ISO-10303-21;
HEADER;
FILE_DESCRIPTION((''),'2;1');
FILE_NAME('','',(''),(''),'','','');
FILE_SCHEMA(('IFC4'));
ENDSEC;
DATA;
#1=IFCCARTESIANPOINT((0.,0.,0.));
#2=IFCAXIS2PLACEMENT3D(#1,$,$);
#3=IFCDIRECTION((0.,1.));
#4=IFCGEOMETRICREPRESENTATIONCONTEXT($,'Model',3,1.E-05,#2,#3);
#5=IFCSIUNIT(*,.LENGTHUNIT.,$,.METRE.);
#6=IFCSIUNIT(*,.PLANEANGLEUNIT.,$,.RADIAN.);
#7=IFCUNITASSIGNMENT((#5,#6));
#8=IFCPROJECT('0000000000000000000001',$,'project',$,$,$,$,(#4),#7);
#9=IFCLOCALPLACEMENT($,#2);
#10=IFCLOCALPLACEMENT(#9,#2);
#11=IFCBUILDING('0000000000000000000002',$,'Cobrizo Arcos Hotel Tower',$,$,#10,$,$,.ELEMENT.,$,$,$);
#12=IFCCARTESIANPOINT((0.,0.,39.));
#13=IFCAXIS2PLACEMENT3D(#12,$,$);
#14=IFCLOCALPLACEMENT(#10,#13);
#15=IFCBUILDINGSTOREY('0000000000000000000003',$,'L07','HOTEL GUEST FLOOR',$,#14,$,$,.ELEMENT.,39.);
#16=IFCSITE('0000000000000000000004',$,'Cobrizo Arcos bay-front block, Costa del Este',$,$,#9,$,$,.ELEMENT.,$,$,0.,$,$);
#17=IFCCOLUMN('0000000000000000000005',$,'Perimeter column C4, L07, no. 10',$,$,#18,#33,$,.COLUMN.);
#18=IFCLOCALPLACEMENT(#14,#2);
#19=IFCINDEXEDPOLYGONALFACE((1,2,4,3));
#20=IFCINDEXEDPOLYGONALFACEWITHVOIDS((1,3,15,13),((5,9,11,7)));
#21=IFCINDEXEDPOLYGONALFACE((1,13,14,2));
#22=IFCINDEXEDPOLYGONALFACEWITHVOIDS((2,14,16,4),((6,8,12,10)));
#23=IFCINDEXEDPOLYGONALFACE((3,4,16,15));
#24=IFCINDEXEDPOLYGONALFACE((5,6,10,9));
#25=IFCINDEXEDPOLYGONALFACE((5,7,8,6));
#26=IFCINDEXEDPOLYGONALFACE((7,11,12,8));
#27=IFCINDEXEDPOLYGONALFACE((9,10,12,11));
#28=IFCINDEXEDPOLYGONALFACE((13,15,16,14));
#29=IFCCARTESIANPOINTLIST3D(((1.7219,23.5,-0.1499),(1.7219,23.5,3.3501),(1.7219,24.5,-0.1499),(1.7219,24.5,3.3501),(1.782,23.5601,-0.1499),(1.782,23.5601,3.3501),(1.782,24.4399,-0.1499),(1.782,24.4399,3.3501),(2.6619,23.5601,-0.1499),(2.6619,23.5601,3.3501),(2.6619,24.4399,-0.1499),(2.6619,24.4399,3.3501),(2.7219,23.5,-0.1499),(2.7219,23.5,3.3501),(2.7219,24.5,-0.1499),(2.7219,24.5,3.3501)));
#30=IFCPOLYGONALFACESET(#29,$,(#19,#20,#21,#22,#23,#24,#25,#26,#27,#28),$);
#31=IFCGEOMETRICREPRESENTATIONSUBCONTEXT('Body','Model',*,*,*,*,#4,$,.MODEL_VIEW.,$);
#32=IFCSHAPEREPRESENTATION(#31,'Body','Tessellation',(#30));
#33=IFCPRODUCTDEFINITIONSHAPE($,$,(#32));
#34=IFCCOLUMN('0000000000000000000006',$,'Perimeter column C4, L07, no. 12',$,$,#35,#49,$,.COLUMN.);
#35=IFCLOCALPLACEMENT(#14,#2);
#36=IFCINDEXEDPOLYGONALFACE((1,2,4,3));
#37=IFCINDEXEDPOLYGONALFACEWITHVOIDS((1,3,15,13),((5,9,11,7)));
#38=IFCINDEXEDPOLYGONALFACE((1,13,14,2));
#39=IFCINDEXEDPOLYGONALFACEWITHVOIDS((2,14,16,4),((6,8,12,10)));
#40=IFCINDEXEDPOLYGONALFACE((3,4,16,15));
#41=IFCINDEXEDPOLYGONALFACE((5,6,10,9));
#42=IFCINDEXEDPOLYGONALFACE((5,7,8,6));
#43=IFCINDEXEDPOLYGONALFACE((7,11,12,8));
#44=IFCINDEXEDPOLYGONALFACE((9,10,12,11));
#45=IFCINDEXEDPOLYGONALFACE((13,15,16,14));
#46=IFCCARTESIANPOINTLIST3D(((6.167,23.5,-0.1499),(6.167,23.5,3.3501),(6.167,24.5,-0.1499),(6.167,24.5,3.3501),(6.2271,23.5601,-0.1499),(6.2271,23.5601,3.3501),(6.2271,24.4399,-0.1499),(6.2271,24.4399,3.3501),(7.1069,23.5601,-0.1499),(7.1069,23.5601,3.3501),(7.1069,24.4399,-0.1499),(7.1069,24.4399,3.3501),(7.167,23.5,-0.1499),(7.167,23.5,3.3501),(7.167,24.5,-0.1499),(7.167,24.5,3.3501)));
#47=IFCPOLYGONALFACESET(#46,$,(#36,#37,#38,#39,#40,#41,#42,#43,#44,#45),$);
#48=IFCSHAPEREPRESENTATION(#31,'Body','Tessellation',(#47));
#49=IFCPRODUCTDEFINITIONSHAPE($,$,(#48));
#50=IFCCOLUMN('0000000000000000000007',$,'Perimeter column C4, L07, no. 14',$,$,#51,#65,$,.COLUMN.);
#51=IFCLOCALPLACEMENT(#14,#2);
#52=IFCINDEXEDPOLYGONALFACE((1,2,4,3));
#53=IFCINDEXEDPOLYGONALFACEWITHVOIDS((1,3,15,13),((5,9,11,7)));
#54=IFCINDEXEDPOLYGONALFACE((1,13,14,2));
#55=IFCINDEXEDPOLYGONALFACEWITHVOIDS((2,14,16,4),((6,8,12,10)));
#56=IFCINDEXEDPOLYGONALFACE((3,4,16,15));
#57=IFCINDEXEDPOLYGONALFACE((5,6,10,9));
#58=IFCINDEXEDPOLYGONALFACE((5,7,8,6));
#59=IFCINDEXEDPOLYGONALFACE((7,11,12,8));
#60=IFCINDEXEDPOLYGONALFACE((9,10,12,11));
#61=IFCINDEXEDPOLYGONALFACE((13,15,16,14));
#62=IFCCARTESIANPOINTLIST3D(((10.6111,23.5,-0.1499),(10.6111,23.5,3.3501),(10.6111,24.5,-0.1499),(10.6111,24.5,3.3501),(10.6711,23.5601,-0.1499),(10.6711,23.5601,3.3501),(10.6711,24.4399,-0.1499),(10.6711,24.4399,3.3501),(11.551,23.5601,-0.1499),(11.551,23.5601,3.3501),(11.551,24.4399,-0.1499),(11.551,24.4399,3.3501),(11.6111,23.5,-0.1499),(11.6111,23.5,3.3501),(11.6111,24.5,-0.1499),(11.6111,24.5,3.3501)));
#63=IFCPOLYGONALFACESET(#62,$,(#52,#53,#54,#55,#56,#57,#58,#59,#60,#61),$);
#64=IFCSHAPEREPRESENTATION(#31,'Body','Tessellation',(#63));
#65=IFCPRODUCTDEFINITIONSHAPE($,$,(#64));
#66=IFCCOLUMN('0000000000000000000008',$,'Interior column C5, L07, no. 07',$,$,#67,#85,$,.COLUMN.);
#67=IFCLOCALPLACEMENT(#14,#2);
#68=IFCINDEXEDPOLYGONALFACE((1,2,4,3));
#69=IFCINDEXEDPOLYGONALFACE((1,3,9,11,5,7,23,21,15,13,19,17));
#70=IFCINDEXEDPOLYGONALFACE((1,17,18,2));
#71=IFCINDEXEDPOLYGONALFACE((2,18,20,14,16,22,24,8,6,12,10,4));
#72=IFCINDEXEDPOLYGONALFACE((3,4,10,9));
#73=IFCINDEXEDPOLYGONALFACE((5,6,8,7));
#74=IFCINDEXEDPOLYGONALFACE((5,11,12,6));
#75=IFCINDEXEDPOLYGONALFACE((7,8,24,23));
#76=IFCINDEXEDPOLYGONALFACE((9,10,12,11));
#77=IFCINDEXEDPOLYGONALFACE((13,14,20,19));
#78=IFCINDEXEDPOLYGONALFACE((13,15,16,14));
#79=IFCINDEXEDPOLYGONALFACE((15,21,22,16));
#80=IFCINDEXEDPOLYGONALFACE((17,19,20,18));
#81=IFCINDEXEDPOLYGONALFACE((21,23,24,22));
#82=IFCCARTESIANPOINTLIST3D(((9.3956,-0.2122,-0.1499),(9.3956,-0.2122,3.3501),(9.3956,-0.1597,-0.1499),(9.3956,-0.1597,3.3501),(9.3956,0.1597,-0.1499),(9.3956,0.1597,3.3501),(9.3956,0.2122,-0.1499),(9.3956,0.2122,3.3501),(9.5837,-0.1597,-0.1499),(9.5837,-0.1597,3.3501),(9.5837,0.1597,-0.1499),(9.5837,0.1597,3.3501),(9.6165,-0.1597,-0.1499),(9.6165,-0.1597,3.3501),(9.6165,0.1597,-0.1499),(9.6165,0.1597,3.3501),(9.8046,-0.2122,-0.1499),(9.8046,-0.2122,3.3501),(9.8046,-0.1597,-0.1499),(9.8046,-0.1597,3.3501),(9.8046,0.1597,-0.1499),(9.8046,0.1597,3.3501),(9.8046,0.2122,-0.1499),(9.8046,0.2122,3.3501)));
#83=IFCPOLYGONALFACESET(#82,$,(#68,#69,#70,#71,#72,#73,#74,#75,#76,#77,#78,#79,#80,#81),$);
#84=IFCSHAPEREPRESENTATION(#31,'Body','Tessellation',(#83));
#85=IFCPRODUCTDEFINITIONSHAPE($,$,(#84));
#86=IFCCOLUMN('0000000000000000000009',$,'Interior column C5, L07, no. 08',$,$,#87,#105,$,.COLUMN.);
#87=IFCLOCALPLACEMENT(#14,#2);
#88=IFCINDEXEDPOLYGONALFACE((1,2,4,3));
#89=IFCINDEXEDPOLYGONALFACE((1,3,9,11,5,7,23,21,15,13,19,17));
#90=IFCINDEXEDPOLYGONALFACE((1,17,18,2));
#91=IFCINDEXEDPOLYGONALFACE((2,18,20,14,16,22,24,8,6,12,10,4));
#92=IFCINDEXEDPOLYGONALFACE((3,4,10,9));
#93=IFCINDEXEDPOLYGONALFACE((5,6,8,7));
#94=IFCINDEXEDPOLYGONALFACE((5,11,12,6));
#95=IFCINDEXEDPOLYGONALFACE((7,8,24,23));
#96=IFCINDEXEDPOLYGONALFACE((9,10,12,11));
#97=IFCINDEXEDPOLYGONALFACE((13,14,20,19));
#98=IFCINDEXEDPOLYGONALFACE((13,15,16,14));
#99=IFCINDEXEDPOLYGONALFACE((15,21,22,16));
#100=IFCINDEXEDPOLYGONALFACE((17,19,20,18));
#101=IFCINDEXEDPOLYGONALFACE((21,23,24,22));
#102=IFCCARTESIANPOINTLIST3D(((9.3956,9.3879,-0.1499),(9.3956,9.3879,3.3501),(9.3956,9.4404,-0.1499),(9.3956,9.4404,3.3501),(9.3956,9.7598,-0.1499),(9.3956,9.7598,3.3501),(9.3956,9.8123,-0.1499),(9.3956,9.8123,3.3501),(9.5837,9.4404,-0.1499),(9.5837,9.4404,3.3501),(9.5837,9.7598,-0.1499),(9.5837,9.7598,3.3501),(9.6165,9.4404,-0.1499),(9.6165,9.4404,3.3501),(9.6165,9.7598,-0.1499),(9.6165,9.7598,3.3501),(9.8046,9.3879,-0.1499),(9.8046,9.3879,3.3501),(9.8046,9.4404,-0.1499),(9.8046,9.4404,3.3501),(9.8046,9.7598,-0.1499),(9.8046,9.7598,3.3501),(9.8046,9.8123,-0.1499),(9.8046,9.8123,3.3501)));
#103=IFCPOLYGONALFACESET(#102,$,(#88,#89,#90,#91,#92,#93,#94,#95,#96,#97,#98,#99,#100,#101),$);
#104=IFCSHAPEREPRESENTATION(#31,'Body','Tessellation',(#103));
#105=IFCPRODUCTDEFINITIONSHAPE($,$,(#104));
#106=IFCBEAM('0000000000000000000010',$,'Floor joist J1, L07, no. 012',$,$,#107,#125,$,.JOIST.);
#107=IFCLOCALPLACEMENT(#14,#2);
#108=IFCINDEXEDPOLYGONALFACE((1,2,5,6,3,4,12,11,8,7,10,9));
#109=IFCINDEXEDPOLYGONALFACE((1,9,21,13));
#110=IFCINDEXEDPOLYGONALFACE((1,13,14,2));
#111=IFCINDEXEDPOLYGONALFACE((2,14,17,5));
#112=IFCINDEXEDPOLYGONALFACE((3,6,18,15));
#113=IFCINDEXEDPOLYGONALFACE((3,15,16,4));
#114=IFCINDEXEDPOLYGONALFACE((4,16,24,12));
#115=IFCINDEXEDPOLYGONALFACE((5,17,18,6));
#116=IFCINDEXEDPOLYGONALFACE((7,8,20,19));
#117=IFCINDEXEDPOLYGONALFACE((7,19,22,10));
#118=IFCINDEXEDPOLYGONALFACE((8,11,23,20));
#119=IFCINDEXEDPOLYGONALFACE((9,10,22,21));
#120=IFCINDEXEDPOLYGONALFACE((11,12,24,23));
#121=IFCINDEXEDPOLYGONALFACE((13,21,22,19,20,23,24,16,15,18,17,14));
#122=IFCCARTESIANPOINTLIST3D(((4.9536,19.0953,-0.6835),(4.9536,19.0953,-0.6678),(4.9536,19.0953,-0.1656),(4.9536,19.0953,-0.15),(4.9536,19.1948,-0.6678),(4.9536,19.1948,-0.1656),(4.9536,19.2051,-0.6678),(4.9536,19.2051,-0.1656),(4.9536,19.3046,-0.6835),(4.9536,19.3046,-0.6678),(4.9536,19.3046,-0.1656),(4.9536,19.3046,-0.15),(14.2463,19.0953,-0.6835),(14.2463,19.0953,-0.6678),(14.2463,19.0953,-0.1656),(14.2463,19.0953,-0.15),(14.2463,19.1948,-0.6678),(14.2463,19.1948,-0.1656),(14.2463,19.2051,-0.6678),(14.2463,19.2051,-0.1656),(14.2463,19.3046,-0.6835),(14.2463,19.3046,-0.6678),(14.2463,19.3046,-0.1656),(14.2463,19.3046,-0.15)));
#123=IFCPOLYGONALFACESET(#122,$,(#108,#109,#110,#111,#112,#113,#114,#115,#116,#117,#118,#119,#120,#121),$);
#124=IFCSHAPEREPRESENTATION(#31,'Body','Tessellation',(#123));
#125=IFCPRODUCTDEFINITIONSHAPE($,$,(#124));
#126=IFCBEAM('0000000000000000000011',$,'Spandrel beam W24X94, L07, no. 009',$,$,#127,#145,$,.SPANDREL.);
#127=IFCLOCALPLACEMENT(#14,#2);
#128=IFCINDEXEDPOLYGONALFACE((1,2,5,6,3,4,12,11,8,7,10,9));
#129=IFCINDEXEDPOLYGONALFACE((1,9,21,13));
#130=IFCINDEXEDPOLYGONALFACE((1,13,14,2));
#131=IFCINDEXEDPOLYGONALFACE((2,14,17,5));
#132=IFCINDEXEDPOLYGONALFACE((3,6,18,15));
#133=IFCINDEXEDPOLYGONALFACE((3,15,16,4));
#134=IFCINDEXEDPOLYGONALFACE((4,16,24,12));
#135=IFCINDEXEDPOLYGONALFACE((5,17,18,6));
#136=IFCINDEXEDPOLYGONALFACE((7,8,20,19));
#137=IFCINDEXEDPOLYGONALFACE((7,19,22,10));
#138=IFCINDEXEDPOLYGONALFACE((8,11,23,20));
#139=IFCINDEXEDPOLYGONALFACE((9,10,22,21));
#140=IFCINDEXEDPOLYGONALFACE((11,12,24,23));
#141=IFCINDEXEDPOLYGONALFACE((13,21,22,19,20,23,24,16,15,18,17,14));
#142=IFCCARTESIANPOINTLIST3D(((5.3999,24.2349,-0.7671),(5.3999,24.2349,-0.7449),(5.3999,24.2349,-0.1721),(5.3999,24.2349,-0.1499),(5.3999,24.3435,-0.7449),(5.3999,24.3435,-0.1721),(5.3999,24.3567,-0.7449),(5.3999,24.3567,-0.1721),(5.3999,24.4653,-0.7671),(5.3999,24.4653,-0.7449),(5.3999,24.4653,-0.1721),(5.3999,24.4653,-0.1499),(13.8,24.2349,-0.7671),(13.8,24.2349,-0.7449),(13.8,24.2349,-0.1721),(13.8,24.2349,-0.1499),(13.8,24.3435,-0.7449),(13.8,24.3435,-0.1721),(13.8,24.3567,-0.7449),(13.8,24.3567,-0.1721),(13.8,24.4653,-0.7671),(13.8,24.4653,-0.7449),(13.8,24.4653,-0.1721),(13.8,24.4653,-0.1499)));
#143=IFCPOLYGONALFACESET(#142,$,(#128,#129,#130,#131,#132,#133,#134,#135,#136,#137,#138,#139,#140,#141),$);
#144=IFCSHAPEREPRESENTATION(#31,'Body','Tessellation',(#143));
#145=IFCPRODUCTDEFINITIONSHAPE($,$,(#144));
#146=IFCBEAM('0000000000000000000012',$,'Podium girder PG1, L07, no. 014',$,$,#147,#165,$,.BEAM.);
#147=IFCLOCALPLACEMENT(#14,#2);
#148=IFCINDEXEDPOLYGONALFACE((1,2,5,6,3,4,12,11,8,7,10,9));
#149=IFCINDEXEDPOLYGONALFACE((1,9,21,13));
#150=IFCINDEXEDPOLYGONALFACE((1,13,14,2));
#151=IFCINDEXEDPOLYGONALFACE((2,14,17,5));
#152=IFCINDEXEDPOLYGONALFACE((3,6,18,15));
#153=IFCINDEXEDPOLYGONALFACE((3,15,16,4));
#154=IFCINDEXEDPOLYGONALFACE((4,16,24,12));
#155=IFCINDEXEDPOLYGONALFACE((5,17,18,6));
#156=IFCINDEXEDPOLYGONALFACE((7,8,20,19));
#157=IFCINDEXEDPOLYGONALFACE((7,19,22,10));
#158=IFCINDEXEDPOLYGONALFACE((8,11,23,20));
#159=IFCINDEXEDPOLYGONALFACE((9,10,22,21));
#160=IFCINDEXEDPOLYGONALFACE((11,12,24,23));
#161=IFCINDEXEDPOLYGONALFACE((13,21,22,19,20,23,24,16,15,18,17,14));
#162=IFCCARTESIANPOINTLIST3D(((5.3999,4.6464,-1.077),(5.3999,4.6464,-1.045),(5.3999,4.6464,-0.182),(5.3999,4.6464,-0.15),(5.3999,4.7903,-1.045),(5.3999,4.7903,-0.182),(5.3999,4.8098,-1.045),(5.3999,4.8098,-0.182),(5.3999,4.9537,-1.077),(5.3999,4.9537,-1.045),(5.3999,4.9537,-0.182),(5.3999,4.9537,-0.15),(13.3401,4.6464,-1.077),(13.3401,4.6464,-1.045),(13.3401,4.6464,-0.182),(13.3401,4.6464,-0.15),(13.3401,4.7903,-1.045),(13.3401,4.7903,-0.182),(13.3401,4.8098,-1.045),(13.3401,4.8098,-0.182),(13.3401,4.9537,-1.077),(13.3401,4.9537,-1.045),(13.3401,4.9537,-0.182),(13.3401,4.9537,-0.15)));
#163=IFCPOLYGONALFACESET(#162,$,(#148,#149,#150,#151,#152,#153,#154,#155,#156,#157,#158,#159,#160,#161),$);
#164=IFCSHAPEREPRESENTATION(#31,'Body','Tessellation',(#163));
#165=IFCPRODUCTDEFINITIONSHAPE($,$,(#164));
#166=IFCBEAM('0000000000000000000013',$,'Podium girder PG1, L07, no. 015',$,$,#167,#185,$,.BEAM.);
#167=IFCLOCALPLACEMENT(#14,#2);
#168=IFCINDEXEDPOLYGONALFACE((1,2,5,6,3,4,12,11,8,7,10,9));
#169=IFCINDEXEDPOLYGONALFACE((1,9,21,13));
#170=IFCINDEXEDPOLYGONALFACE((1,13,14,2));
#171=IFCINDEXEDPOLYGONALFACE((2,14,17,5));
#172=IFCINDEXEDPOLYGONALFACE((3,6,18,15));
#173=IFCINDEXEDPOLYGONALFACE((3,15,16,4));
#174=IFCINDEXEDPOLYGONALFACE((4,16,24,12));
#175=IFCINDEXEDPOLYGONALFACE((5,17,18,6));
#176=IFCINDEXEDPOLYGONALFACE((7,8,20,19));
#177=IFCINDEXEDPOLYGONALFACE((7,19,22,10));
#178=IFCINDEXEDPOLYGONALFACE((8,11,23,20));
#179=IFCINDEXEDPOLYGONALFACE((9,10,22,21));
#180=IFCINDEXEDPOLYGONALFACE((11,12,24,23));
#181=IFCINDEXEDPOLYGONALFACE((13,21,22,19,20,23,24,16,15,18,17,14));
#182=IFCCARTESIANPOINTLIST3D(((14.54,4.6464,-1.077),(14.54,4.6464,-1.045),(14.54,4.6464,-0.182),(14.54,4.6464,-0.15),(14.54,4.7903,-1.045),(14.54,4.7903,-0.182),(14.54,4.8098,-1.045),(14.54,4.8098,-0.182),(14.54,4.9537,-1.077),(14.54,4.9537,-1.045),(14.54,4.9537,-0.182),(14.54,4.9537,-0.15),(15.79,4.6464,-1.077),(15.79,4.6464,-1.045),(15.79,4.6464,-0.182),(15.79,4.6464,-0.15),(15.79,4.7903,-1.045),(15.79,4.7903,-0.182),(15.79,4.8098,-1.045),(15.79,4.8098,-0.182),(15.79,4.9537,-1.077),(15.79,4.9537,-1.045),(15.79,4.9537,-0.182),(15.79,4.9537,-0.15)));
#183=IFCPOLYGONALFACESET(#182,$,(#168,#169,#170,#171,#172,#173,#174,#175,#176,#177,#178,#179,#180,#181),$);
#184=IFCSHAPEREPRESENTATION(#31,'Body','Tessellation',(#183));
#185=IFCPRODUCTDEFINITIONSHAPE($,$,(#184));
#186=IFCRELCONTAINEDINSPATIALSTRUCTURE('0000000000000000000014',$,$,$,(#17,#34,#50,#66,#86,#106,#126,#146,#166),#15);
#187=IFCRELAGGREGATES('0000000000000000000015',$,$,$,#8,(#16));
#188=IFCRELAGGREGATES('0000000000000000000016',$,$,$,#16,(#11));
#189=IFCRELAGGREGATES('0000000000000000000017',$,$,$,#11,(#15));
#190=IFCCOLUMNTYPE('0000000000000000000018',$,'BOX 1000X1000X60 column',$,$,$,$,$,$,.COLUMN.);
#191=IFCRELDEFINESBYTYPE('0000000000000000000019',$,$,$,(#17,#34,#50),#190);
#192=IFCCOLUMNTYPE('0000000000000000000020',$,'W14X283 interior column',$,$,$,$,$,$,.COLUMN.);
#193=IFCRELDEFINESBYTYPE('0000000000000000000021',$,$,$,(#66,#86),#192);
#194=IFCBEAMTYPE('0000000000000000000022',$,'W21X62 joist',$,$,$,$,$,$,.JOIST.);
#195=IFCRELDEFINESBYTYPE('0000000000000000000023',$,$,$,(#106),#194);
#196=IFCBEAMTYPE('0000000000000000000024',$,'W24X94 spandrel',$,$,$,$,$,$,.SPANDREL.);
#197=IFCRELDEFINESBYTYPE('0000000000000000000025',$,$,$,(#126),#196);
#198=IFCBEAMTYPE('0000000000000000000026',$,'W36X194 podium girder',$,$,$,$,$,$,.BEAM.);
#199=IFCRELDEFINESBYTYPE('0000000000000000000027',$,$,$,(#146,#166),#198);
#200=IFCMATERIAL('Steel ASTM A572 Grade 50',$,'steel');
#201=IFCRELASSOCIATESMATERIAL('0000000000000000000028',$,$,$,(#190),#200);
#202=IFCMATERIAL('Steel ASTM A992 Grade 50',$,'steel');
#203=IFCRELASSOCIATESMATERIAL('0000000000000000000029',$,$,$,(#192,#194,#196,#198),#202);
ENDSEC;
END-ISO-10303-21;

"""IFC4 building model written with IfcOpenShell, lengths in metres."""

from ifc_helpers import new_model, si_unit, direction, frame, origin, origin_2d, place, context, subcontext, project, spatial, hollow_rectangle, i_section, extrude, material, material_profile, profile_set, type_object, element, save


model = new_model("IFC4")

# Units and contexts
model_context = context("Model", 3, precision=1e-05, world=origin(), true_north=direction((0.0, 1.0)))
body_context = subcontext(model_context, "Body", "Model", "MODEL_VIEW")
ifc_project = project(units=[si_unit("LENGTHUNIT", "METRE"), si_unit("PLANEANGLEUNIT", "RADIAN")], contexts=[model_context])

# Site, building, storey
site_placement = place(None, origin())
site = spatial("IfcSite", under=ifc_project, at=site_placement, Name="Cobrizo Arcos bay-front block, Costa del Este", CompositionType="ELEMENT", RefElevation=0.0)
building_placement = place(site_placement, origin())
building = spatial("IfcBuilding", under=site, at=building_placement, Name="Cobrizo Arcos Hotel Tower", CompositionType="ELEMENT")
storey_placement = place(building_placement, frame((0.0, 0.0, 39.0)))
storey = spatial("IfcBuildingStorey", under=building, at=storey_placement, Name="L07", Description="HOTEL GUEST FLOOR", CompositionType="ELEMENT", Elevation=39.0)

# Columns
ifc_material_1 = material(Name="Steel ASTM A572 Grade 50", Category="steel")
ifc_material_profile_1 = material_profile(ifc_material_1, hollow_rectangle(XDim=1.0, YDim=1.0, WallThickness=0.0601, at=origin_2d()), Name="BOX 1000X1000X60")
ifc_profile_set_1 = profile_set([ifc_material_profile_1], Name="Steel ASTM A572 Grade 50")
column_type_1 = type_object("IfcColumnType", Name="BOX 1000X1000X60 column", PredefinedType="COLUMN", material=ifc_profile_set_1)
for number, where, z_axis, x_axis, name in (
    (1, (2.2219, 24.0, -0.1499), (0.0, 0.0, 1.0), (1.0, 0.0, 0.0), "Perimeter column C4, L07, no. 10"),
    (2, (6.667, 24.0, -0.1499), (0.0, 0.0, 1.0), (1.0, 0.0, 0.0), "Perimeter column C4, L07, no. 12"),
    (3, (11.1111, 24.0, -0.1499), (0.0, 0.0, 1.0), (1.0, 0.0, 0.0), "Perimeter column C4, L07, no. 14"),
):
    element("IfcColumn", number, at=place(storey_placement, frame(where, z_axis=z_axis, x_axis=x_axis)), inside=storey, type_object=column_type_1, Name=name, PredefinedType="COLUMN", context=body_context, shape_type="SweptSolid", body=[
        extrude(hollow_rectangle(XDim=1.0, YDim=1.0, WallThickness=0.0601, at=origin_2d()), origin(), (0.0, 0.0, 1.0), 3.5),
    ])
ifc_material_2 = material(Name="Steel ASTM A992 Grade 50", Category="steel")
ifc_material_profile_2 = material_profile(ifc_material_2, i_section(OverallWidth=0.4089, OverallDepth=0.4243, WebThickness=0.0327, FlangeThickness=0.0525, at=origin_2d()), Name="W14X283")
ifc_profile_set_2 = profile_set([ifc_material_profile_2], Name="Steel ASTM A992 Grade 50")
column_type_2 = type_object("IfcColumnType", Name="W14X283 interior column", PredefinedType="COLUMN", material=ifc_profile_set_2)
for number, where, z_axis, x_axis, name in (
    (4, (9.6001, 0.0, -0.1499), (0.0, 0.0, 1.0), (1.0, 0.0, 0.0), "Interior column C5, L07, no. 07"),
    (5, (9.6001, 9.6001, -0.1499), (0.0, 0.0, 1.0), (1.0, 0.0, 0.0), "Interior column C5, L07, no. 08"),
):
    element("IfcColumn", number, at=place(storey_placement, frame(where, z_axis=z_axis, x_axis=x_axis)), inside=storey, type_object=column_type_2, Name=name, PredefinedType="COLUMN", context=body_context, shape_type="SweptSolid", body=[
        extrude(i_section(OverallWidth=0.4089, OverallDepth=0.4243, WebThickness=0.0327, FlangeThickness=0.0525, at=origin_2d()), origin(), (0.0, 0.0, 1.0), 3.5),
    ])

# Beams
ifc_material_profile_3 = material_profile(ifc_material_2, i_section(OverallWidth=0.2092, OverallDepth=0.5334, WebThickness=0.0103, FlangeThickness=0.0156, at=origin_2d()), Name="W21X62")
ifc_profile_set_3 = profile_set([ifc_material_profile_3], Name="Steel ASTM A992 Grade 50")
beam_type_1 = type_object("IfcBeamType", Name="W21X62 joist", PredefinedType="JOIST", material=ifc_profile_set_3)
beam_1_placement = place(storey_placement, frame((4.9536, 19.2, -0.4167), z_axis=(1.0, 0.0, 0.0), x_axis=(0.0, 1.0, 0.0)))
element("IfcBeam", 6, at=beam_1_placement, inside=storey, type_object=beam_type_1, Name="Floor joist J1, L07, no. 012", PredefinedType="JOIST", context=body_context, shape_type="SweptSolid", body=[
    extrude(i_section(OverallWidth=0.2092, OverallDepth=0.5334, WebThickness=0.0103, FlangeThickness=0.0156, at=origin_2d()), origin(), (0.0, 0.0, 1.0), 9.2927),
])
ifc_material_profile_4 = material_profile(ifc_material_2, i_section(OverallWidth=0.2305, OverallDepth=0.6172, WebThickness=0.0132, FlangeThickness=0.0222, at=origin_2d()), Name="W24X94")
ifc_profile_set_4 = profile_set([ifc_material_profile_4], Name="Steel ASTM A992 Grade 50")
beam_type_2 = type_object("IfcBeamType", Name="W24X94 spandrel", PredefinedType="SPANDREL", material=ifc_profile_set_4)
beam_2_placement = place(storey_placement, frame((5.3999, 24.3501, -0.4585), z_axis=(1.0, 0.0, 0.0), x_axis=(0.0, 1.0, 0.0)))
element("IfcBeam", 7, at=beam_2_placement, inside=storey, type_object=beam_type_2, Name="Spandrel beam W24X94, L07, no. 009", PredefinedType="SPANDREL", context=body_context, shape_type="SweptSolid", body=[
    extrude(i_section(OverallWidth=0.2305, OverallDepth=0.6172, WebThickness=0.0132, FlangeThickness=0.0222, at=origin_2d()), origin(), (0.0, 0.0, 1.0), 8.4001),
])
ifc_material_profile_5 = material_profile(ifc_material_2, i_section(OverallWidth=0.3074, OverallDepth=0.927, WebThickness=0.0195, FlangeThickness=0.032, at=origin_2d()), Name="W36X194")
ifc_profile_set_5 = profile_set([ifc_material_profile_5], Name="Steel ASTM A992 Grade 50")
beam_type_3 = type_object("IfcBeamType", Name="W36X194 podium girder", PredefinedType="BEAM", material=ifc_profile_set_5)
beam_3_placement = place(storey_placement, frame((5.3999, 4.8, -0.6135), z_axis=(1.0, 0.0, 0.0), x_axis=(0.0, 1.0, 0.0)))
element("IfcBeam", 8, at=beam_3_placement, inside=storey, type_object=beam_type_3, Name="Podium girder PG1, L07, no. 014", PredefinedType="BEAM", context=body_context, shape_type="SweptSolid", body=[
    extrude(i_section(OverallWidth=0.3074, OverallDepth=0.927, WebThickness=0.0195, FlangeThickness=0.032, at=origin_2d()), origin(), (0.0, 0.0, 1.0), 7.9402),
])
beam_4_placement = place(storey_placement, frame((14.54, 4.8, -0.6135), z_axis=(1.0, 0.0, 0.0), x_axis=(0.0, 1.0, 0.0)))
element("IfcBeam", 9, at=beam_4_placement, inside=storey, type_object=beam_type_3, Name="Podium girder PG1, L07, no. 015", PredefinedType="BEAM", context=body_context, shape_type="SweptSolid", body=[
    extrude(i_section(OverallWidth=0.3074, OverallDepth=0.927, WebThickness=0.0195, FlangeThickness=0.032, at=origin_2d()), origin(), (0.0, 0.0, 1.0), 1.25),
])

save(model, "model.ifc")
